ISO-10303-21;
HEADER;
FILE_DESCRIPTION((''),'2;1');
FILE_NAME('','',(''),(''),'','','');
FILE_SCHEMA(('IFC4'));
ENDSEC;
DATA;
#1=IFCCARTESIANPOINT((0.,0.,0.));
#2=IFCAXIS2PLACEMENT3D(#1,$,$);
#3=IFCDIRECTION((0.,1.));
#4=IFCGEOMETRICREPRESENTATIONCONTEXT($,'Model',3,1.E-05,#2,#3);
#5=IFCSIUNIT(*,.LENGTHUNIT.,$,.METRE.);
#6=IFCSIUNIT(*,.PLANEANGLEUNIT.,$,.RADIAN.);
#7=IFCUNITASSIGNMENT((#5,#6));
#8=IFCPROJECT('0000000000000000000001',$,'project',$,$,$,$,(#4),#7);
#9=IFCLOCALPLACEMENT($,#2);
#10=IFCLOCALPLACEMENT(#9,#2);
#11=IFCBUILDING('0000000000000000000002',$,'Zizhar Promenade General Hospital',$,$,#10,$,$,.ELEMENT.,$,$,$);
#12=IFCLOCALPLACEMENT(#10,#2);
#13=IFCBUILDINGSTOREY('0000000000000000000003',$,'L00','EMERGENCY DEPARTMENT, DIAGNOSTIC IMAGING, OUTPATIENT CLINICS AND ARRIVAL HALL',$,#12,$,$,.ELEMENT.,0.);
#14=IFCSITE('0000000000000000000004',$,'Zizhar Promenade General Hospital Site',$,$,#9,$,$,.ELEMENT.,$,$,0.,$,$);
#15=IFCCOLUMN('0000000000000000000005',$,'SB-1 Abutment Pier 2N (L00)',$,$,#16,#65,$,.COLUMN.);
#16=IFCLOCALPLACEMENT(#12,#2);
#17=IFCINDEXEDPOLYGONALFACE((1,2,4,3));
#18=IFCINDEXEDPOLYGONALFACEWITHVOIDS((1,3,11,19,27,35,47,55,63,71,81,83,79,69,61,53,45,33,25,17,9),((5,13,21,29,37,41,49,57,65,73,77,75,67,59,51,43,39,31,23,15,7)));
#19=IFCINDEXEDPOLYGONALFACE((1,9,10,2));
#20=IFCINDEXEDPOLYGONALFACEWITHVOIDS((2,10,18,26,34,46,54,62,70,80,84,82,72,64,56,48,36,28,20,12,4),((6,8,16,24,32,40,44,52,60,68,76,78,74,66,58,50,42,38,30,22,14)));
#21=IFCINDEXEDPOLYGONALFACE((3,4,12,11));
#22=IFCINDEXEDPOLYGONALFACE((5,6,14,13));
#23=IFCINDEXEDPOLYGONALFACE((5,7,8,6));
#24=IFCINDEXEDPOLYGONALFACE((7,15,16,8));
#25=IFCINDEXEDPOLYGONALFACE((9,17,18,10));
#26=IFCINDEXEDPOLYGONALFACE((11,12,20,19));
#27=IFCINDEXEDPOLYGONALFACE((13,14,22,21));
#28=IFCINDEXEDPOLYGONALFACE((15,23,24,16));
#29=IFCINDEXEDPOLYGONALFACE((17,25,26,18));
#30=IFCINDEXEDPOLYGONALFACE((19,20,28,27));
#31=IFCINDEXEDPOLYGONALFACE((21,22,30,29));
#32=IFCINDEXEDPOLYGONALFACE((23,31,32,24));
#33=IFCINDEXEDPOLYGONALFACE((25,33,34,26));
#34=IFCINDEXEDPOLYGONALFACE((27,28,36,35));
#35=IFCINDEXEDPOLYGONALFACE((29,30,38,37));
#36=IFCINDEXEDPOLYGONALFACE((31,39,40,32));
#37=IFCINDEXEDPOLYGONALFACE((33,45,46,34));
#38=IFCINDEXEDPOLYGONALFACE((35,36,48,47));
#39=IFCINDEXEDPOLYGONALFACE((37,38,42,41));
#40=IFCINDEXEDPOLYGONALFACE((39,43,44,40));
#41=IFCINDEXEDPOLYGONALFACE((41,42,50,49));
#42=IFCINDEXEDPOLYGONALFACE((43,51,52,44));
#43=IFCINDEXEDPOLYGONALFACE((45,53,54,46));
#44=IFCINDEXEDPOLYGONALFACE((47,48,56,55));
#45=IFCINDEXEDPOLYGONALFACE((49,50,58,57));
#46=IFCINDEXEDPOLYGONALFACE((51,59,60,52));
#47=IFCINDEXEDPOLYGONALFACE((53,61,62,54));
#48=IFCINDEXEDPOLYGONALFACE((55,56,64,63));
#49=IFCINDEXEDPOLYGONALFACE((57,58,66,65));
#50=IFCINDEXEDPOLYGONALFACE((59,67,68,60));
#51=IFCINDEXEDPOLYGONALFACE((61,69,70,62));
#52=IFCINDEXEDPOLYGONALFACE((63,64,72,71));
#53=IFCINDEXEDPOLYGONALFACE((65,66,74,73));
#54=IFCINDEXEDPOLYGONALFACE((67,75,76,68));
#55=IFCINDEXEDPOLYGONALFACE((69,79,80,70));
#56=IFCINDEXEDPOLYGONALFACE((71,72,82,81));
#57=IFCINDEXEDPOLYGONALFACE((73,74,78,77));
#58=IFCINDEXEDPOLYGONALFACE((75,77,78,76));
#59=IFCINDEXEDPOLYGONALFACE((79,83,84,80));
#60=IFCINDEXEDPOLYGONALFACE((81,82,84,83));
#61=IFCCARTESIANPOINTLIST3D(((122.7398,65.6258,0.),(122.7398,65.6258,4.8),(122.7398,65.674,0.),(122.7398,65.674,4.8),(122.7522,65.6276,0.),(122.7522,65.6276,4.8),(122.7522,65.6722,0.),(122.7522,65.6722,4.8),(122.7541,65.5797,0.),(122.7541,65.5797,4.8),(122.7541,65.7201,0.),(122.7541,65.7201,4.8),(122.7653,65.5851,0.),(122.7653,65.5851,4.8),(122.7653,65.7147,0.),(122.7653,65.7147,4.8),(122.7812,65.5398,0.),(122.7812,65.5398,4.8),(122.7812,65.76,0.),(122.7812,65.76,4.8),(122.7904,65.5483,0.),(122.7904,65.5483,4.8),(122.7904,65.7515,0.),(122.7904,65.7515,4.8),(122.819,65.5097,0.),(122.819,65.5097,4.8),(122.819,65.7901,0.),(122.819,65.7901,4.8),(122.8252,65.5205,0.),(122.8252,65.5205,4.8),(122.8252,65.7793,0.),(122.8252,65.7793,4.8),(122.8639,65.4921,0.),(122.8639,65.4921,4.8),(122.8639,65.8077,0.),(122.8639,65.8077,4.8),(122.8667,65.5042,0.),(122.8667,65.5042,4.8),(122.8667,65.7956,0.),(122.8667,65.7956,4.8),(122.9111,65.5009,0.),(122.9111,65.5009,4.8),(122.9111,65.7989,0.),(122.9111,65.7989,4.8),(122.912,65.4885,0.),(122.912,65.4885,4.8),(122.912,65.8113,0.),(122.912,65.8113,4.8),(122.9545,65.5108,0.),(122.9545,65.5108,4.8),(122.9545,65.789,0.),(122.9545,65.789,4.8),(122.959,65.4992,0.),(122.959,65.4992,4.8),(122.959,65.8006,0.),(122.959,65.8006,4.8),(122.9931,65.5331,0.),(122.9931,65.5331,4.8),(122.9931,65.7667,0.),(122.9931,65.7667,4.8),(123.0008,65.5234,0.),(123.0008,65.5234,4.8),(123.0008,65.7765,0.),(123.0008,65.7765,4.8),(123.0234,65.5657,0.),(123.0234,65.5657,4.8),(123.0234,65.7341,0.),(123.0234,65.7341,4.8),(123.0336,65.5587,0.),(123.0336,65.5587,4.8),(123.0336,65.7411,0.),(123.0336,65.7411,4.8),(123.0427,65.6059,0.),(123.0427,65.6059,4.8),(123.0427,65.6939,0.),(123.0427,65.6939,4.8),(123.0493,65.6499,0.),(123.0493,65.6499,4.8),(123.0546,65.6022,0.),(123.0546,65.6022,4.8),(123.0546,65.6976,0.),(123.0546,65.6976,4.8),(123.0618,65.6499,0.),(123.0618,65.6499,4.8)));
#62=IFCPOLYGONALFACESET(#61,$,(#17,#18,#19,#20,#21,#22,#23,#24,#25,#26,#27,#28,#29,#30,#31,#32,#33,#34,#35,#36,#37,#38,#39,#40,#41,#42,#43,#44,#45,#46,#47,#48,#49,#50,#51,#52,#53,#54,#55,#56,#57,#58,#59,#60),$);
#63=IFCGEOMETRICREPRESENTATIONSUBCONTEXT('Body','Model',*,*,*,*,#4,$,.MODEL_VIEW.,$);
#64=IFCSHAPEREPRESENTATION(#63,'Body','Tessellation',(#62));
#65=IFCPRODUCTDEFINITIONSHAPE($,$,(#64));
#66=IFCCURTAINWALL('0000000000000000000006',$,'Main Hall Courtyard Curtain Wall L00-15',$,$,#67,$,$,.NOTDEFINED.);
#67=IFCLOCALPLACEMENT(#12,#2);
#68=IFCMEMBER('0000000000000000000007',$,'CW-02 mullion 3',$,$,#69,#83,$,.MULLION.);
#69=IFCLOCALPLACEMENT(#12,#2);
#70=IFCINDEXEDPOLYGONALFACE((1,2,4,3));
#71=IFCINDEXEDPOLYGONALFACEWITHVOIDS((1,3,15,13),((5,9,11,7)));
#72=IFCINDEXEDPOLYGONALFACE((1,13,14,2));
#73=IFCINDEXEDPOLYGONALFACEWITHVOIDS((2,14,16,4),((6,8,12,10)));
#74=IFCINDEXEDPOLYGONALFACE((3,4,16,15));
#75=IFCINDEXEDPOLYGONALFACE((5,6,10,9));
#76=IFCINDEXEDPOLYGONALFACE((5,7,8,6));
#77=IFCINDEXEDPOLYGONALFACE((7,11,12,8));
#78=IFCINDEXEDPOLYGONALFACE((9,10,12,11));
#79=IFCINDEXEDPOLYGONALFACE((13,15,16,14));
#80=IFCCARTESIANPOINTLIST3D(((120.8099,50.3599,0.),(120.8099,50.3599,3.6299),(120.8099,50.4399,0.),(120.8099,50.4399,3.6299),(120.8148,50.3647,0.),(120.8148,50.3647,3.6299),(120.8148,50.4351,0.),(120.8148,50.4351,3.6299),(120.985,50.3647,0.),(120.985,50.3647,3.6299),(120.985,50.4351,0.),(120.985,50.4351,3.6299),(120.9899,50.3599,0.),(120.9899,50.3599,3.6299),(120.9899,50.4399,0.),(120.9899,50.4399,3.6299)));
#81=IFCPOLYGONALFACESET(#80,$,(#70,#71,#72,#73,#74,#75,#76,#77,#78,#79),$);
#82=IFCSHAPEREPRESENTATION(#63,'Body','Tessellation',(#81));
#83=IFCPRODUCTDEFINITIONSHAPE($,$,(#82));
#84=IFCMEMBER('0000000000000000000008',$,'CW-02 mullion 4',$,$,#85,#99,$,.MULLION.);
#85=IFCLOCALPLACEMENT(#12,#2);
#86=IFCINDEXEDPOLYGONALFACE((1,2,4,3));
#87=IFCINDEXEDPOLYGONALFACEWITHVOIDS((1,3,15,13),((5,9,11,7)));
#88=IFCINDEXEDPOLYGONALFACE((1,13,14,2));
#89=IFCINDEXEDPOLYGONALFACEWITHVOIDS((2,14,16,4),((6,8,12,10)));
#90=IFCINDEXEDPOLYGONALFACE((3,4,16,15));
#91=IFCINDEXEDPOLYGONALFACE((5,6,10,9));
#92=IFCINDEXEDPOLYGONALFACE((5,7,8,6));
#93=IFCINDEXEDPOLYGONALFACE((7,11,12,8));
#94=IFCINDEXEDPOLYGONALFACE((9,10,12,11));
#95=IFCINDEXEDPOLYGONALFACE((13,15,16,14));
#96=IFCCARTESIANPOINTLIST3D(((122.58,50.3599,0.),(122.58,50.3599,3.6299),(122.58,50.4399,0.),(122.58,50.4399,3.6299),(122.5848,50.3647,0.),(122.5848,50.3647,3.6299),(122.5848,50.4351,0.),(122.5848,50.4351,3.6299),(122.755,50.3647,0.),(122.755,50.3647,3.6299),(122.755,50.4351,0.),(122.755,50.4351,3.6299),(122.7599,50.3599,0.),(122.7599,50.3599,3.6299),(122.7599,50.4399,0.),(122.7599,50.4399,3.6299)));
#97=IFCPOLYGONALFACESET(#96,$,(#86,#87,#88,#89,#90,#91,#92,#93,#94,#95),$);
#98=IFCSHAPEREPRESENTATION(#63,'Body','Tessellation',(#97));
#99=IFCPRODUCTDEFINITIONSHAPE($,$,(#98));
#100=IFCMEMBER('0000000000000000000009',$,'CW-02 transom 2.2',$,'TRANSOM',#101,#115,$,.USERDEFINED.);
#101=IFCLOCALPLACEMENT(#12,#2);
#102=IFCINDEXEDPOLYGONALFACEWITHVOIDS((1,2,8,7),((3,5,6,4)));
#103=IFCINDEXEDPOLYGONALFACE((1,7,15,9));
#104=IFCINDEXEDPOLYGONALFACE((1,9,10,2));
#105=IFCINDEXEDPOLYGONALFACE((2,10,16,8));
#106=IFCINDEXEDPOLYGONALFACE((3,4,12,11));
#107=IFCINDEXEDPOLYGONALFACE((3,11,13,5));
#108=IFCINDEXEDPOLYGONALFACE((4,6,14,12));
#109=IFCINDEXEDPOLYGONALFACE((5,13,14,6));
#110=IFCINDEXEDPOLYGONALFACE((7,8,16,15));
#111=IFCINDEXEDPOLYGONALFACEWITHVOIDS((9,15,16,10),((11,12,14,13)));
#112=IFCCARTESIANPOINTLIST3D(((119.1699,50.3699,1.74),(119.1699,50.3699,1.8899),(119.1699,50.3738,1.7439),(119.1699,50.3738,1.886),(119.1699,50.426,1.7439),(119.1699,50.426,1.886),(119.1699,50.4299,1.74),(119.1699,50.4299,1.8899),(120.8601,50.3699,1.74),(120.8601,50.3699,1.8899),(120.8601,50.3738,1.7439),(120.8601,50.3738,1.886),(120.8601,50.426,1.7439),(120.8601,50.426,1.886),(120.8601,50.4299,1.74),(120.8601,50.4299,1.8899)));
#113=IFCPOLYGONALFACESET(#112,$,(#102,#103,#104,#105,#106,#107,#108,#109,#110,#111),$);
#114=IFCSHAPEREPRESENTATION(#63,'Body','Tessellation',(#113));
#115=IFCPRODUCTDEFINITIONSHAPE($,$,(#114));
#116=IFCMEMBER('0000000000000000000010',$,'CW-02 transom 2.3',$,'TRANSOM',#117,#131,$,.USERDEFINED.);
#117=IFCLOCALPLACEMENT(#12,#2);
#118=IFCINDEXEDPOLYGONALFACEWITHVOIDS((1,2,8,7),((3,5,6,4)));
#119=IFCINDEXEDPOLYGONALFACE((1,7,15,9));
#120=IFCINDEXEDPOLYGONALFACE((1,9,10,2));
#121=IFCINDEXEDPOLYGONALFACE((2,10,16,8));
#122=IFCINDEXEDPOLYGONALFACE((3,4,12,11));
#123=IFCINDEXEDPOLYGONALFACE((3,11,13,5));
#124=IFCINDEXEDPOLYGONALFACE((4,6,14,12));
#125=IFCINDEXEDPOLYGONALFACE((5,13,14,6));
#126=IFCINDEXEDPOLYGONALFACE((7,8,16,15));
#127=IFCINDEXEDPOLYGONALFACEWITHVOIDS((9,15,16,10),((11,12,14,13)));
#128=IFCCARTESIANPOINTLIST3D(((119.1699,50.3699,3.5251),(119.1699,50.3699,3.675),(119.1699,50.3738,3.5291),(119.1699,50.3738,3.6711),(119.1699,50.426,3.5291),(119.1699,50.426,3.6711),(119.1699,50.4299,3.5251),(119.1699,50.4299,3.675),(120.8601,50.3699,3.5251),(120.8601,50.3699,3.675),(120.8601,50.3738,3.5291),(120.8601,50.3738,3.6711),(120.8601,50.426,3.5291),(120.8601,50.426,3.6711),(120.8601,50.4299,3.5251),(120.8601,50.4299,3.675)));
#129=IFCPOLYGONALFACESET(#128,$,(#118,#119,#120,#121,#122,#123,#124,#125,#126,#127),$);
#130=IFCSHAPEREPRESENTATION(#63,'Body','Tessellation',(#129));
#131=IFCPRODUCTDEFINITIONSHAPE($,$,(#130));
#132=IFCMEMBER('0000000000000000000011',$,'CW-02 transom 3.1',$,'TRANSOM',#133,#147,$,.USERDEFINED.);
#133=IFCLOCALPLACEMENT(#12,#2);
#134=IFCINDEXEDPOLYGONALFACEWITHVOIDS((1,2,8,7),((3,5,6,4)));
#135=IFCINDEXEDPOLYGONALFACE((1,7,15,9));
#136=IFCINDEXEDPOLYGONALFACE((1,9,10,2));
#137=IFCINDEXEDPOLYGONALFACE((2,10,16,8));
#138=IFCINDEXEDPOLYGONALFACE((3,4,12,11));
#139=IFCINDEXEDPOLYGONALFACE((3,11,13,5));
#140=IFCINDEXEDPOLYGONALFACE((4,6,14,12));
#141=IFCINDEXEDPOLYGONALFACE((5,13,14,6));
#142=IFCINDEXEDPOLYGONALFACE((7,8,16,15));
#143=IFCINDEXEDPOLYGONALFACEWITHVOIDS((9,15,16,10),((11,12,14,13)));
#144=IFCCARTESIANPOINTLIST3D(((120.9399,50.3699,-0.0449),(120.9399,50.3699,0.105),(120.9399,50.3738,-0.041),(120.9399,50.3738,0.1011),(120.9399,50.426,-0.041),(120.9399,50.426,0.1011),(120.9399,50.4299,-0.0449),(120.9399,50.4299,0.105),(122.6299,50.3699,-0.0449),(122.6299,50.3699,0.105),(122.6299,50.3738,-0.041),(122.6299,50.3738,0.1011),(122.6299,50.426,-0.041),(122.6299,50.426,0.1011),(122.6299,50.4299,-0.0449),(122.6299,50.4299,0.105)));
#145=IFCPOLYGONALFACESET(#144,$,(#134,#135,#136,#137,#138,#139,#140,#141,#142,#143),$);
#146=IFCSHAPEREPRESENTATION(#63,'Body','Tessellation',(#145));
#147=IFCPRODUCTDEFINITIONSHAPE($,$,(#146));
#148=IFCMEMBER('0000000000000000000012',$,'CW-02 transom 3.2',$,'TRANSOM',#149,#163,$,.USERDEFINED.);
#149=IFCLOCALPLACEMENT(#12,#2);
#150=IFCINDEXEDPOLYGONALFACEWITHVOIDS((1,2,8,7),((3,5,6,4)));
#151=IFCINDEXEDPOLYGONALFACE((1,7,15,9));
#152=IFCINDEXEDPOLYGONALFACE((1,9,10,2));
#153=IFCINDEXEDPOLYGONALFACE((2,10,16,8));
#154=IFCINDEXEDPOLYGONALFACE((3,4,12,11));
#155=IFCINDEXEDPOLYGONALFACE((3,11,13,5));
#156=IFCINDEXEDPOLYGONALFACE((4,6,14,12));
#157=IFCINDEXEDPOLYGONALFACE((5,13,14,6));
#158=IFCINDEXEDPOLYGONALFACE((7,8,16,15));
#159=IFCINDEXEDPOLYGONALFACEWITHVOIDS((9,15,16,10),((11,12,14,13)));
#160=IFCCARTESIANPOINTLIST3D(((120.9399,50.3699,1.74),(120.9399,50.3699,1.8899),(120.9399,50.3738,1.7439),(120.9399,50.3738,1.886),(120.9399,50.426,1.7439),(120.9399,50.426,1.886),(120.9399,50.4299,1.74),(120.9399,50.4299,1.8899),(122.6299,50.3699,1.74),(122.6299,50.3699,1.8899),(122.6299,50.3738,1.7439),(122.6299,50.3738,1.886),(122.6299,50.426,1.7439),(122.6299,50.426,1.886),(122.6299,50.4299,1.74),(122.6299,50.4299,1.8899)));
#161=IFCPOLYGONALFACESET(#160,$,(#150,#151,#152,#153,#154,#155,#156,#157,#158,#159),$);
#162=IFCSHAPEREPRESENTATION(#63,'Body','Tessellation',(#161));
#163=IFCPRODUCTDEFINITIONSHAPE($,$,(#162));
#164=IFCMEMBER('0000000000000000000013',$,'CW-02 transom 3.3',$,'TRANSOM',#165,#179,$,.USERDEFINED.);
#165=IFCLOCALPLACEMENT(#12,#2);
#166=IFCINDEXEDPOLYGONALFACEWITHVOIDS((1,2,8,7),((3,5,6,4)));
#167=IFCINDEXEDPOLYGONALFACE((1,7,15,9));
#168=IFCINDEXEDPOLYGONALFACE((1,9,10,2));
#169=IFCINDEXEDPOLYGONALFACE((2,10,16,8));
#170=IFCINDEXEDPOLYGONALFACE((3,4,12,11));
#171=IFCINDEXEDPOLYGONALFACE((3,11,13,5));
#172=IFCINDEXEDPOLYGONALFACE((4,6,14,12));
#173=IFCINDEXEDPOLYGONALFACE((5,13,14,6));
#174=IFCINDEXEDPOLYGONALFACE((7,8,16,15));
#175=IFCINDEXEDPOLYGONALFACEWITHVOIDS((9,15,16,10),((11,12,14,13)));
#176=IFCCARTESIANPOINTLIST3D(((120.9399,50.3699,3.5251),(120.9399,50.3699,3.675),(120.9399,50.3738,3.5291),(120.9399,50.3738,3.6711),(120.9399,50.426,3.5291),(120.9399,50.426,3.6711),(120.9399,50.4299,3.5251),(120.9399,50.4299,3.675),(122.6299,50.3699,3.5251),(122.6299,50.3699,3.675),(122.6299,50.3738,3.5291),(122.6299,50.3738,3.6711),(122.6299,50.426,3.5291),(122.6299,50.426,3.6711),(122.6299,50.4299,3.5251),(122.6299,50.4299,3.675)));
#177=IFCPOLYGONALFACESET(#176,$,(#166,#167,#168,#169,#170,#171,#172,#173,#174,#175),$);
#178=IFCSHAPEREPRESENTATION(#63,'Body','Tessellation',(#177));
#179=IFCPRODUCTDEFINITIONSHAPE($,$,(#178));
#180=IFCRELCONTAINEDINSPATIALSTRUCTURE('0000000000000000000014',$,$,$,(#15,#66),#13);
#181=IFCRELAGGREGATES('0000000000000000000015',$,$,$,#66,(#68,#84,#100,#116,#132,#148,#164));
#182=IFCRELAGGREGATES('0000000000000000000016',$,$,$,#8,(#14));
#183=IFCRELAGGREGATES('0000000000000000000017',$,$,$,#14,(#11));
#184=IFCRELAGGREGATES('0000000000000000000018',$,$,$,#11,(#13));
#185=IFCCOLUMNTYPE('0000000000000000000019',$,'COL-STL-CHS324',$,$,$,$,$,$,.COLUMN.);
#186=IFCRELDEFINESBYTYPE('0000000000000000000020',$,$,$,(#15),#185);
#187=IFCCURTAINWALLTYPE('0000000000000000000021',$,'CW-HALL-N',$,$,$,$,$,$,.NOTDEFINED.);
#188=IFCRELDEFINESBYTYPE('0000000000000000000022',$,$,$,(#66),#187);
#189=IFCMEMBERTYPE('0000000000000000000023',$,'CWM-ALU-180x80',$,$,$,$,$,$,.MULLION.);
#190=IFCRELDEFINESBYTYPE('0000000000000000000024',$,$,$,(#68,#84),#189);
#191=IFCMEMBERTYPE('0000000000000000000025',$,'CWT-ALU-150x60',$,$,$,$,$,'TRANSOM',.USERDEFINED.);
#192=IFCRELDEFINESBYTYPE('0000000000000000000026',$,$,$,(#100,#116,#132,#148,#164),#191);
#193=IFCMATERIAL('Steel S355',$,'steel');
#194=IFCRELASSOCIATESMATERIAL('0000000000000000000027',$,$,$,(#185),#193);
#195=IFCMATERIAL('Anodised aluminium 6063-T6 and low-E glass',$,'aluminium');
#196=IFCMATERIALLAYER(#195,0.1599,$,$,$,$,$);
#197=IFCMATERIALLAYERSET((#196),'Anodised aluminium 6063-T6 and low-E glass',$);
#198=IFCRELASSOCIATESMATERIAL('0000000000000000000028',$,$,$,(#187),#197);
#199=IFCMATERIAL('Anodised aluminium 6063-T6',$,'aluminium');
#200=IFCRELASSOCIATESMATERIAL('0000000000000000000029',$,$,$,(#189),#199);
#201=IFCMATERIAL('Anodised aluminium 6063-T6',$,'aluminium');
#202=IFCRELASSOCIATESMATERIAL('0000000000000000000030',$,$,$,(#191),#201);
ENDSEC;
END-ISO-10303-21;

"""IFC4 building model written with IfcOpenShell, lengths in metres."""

from ifc_helpers import new_model, si_unit, direction, frame, origin, origin_2d, place, context, subcontext, project, spatial, hollow_rectangle, hollow_circle, extrude, material, layer, layer_set, material_profile, profile_set, type_object, element, aggregate, save


model = new_model("IFC4")

# Units and contexts
model_context = context("Model", 3, precision=1e-05, world=origin(), true_north=direction((0.0, 1.0)))
body_context = subcontext(model_context, "Body", "Model", "MODEL_VIEW")
ifc_project = project(units=[si_unit("LENGTHUNIT", "METRE"), si_unit("PLANEANGLEUNIT", "RADIAN")], contexts=[model_context])

# Site, building, storey
site_placement = place(None, origin())
site = spatial("IfcSite", under=ifc_project, at=site_placement, Name="Zizhar Promenade General Hospital Site", CompositionType="ELEMENT", RefElevation=0.0)
building_placement = place(site_placement, origin())
building = spatial("IfcBuilding", under=site, at=building_placement, Name="Zizhar Promenade General Hospital", CompositionType="ELEMENT")
storey_placement = place(building_placement, origin())
storey = spatial("IfcBuildingStorey", under=building, at=storey_placement, Name="L00", Description="EMERGENCY DEPARTMENT, DIAGNOSTIC IMAGING, OUTPATIENT CLINICS AND ARRIVAL HALL", CompositionType="ELEMENT", Elevation=0.0)

# Column
ifc_material_1 = material(Name="Steel S355", Category="steel")
ifc_material_profile_1 = material_profile(ifc_material_1, hollow_circle(Radius=0.1619, WallThickness=0.0125, at=origin_2d()))
ifc_profile_set_1 = profile_set([ifc_material_profile_1], Name="Steel S355")
column_type = type_object("IfcColumnType", Name="COL-STL-CHS324", PredefinedType="COLUMN", material=ifc_profile_set_1)
for number, where, z_axis, x_axis, name in (
    (1, (122.8999, 65.6499, 0.0), (0.0, 0.0, 1.0), (1.0, 0.0, 0.0), "SB-1 Abutment Pier 2N (L00)"),
):
    element("IfcColumn", number, at=place(storey_placement, frame(where, z_axis=z_axis, x_axis=x_axis)), inside=storey, type_object=column_type, Name=name, PredefinedType="COLUMN", context=body_context, shape_type="SweptSolid", body=[
        extrude(hollow_circle(Radius=0.1619, WallThickness=0.0125, at=origin_2d()), origin(), (0.0, 0.0, 1.0), 4.8),
    ])

# Curtain wall, members
ifc_material_2 = material(Name="Anodised aluminium 6063-T6 and low-E glass", Category="aluminium")
ifc_layer_1 = layer(ifc_material_2, 0.1599)
ifc_layer_set_1 = layer_set([ifc_layer_1], Name="Anodised aluminium 6063-T6 and low-E glass")
curtain_wall_type = type_object("IfcCurtainWallType", Name="CW-HALL-N", PredefinedType="NOTDEFINED", material=ifc_layer_set_1)
curtain_wall_placement = place(storey_placement, origin())
curtain_wall = element("IfcCurtainWall", 2, at=curtain_wall_placement, inside=storey, type_object=curtain_wall_type, Name="Main Hall Courtyard Curtain Wall L00-15", PredefinedType="NOTDEFINED")
ifc_material_3 = material(Name="Anodised aluminium 6063-T6", Category="aluminium")
ifc_material_profile_2 = material_profile(ifc_material_3, hollow_rectangle(XDim=0.0801, YDim=0.1799, WallThickness=0.0049, at=origin_2d()))
ifc_profile_set_2 = profile_set([ifc_material_profile_2], Name="Anodised aluminium 6063-T6")
member_type_1 = type_object("IfcMemberType", Name="CWM-ALU-180x80", PredefinedType="MULLION", material=ifc_profile_set_2)
member_1_placement = place(storey_placement, frame((120.8999, 50.3999, 0.0), z_axis=(0.0, 0.0, 1.0), x_axis=(0.0, 1.0, 0.0)))
member_1 = element("IfcMember", 3, at=member_1_placement, type_object=member_type_1, Name="CW-02 mullion 3", PredefinedType="MULLION", context=body_context, shape_type="SweptSolid", body=[
    extrude(hollow_rectangle(XDim=0.0801, YDim=0.1799, WallThickness=0.0049, at=origin_2d()), origin(), (0.0, 0.0, 1.0), 3.6299),
])
member_2_placement = place(storey_placement, frame((122.6699, 50.3999, 0.0), z_axis=(0.0, 0.0, 1.0), x_axis=(0.0, 1.0, 0.0)))
member_2 = element("IfcMember", 4, at=member_2_placement, type_object=member_type_1, Name="CW-02 mullion 4", PredefinedType="MULLION", context=body_context, shape_type="SweptSolid", body=[
    extrude(hollow_rectangle(XDim=0.0801, YDim=0.1799, WallThickness=0.0049, at=origin_2d()), origin(), (0.0, 0.0, 1.0), 3.6299),
])
ifc_material_4 = material(Name="Anodised aluminium 6063-T6", Category="aluminium")
ifc_material_profile_3 = material_profile(ifc_material_4, hollow_rectangle(XDim=0.0601, YDim=0.1499, WallThickness=0.0039, at=origin_2d()))
ifc_profile_set_3 = profile_set([ifc_material_profile_3], Name="Anodised aluminium 6063-T6")
member_type_2 = type_object("IfcMemberType", Name="CWT-ALU-150x60", ElementType="TRANSOM", PredefinedType="USERDEFINED", material=ifc_profile_set_3)
member_3_placement = place(storey_placement, frame((119.1699, 50.3999, 1.8149), z_axis=(1.0, 0.0, 0.0), x_axis=(0.0, 1.0, 0.0)))
member_3 = element("IfcMember", 5, at=member_3_placement, type_object=member_type_2, Name="CW-02 transom 2.2", ObjectType="TRANSOM", PredefinedType="USERDEFINED", context=body_context, shape_type="SweptSolid", body=[
    extrude(hollow_rectangle(XDim=0.0601, YDim=0.1499, WallThickness=0.0039, at=origin_2d()), origin(), (0.0, 0.0, 1.0), 1.6902),
])
member_4_placement = place(storey_placement, frame((119.1699, 50.3999, 3.6001), z_axis=(1.0, 0.0, 0.0), x_axis=(0.0, 1.0, 0.0)))
member_4 = element("IfcMember", 6, at=member_4_placement, type_object=member_type_2, Name="CW-02 transom 2.3", ObjectType="TRANSOM", PredefinedType="USERDEFINED", context=body_context, shape_type="SweptSolid", body=[
    extrude(hollow_rectangle(XDim=0.0601, YDim=0.1499, WallThickness=0.0039, at=origin_2d()), origin(), (0.0, 0.0, 1.0), 1.6902),
])
member_5_placement = place(storey_placement, frame((120.9399, 50.3999, 0.03), z_axis=(1.0, 0.0, 0.0), x_axis=(0.0, 1.0, 0.0)))
member_5 = element("IfcMember", 7, at=member_5_placement, type_object=member_type_2, Name="CW-02 transom 3.1", ObjectType="TRANSOM", PredefinedType="USERDEFINED", context=body_context, shape_type="SweptSolid", body=[
    extrude(hollow_rectangle(XDim=0.0601, YDim=0.1499, WallThickness=0.0039, at=origin_2d()), origin(), (0.0, 0.0, 1.0), 1.6899),
])
member_6_placement = place(storey_placement, frame((120.9399, 50.3999, 1.8149), z_axis=(1.0, 0.0, 0.0), x_axis=(0.0, 1.0, 0.0)))
member_6 = element("IfcMember", 8, at=member_6_placement, type_object=member_type_2, Name="CW-02 transom 3.2", ObjectType="TRANSOM", PredefinedType="USERDEFINED", context=body_context, shape_type="SweptSolid", body=[
    extrude(hollow_rectangle(XDim=0.0601, YDim=0.1499, WallThickness=0.0039, at=origin_2d()), origin(), (0.0, 0.0, 1.0), 1.6899),
])
member_7_placement = place(storey_placement, frame((120.9399, 50.3999, 3.6001), z_axis=(1.0, 0.0, 0.0), x_axis=(0.0, 1.0, 0.0)))
member_7 = element("IfcMember", 9, at=member_7_placement, type_object=member_type_2, Name="CW-02 transom 3.3", ObjectType="TRANSOM", PredefinedType="USERDEFINED", context=body_context, shape_type="SweptSolid", body=[
    extrude(hollow_rectangle(XDim=0.0601, YDim=0.1499, WallThickness=0.0039, at=origin_2d()), origin(), (0.0, 0.0, 1.0), 1.6899),
])
aggregate(curtain_wall, [member_1, member_2, member_3, member_4, member_5, member_6, member_7])

save(model, "model.ifc")
